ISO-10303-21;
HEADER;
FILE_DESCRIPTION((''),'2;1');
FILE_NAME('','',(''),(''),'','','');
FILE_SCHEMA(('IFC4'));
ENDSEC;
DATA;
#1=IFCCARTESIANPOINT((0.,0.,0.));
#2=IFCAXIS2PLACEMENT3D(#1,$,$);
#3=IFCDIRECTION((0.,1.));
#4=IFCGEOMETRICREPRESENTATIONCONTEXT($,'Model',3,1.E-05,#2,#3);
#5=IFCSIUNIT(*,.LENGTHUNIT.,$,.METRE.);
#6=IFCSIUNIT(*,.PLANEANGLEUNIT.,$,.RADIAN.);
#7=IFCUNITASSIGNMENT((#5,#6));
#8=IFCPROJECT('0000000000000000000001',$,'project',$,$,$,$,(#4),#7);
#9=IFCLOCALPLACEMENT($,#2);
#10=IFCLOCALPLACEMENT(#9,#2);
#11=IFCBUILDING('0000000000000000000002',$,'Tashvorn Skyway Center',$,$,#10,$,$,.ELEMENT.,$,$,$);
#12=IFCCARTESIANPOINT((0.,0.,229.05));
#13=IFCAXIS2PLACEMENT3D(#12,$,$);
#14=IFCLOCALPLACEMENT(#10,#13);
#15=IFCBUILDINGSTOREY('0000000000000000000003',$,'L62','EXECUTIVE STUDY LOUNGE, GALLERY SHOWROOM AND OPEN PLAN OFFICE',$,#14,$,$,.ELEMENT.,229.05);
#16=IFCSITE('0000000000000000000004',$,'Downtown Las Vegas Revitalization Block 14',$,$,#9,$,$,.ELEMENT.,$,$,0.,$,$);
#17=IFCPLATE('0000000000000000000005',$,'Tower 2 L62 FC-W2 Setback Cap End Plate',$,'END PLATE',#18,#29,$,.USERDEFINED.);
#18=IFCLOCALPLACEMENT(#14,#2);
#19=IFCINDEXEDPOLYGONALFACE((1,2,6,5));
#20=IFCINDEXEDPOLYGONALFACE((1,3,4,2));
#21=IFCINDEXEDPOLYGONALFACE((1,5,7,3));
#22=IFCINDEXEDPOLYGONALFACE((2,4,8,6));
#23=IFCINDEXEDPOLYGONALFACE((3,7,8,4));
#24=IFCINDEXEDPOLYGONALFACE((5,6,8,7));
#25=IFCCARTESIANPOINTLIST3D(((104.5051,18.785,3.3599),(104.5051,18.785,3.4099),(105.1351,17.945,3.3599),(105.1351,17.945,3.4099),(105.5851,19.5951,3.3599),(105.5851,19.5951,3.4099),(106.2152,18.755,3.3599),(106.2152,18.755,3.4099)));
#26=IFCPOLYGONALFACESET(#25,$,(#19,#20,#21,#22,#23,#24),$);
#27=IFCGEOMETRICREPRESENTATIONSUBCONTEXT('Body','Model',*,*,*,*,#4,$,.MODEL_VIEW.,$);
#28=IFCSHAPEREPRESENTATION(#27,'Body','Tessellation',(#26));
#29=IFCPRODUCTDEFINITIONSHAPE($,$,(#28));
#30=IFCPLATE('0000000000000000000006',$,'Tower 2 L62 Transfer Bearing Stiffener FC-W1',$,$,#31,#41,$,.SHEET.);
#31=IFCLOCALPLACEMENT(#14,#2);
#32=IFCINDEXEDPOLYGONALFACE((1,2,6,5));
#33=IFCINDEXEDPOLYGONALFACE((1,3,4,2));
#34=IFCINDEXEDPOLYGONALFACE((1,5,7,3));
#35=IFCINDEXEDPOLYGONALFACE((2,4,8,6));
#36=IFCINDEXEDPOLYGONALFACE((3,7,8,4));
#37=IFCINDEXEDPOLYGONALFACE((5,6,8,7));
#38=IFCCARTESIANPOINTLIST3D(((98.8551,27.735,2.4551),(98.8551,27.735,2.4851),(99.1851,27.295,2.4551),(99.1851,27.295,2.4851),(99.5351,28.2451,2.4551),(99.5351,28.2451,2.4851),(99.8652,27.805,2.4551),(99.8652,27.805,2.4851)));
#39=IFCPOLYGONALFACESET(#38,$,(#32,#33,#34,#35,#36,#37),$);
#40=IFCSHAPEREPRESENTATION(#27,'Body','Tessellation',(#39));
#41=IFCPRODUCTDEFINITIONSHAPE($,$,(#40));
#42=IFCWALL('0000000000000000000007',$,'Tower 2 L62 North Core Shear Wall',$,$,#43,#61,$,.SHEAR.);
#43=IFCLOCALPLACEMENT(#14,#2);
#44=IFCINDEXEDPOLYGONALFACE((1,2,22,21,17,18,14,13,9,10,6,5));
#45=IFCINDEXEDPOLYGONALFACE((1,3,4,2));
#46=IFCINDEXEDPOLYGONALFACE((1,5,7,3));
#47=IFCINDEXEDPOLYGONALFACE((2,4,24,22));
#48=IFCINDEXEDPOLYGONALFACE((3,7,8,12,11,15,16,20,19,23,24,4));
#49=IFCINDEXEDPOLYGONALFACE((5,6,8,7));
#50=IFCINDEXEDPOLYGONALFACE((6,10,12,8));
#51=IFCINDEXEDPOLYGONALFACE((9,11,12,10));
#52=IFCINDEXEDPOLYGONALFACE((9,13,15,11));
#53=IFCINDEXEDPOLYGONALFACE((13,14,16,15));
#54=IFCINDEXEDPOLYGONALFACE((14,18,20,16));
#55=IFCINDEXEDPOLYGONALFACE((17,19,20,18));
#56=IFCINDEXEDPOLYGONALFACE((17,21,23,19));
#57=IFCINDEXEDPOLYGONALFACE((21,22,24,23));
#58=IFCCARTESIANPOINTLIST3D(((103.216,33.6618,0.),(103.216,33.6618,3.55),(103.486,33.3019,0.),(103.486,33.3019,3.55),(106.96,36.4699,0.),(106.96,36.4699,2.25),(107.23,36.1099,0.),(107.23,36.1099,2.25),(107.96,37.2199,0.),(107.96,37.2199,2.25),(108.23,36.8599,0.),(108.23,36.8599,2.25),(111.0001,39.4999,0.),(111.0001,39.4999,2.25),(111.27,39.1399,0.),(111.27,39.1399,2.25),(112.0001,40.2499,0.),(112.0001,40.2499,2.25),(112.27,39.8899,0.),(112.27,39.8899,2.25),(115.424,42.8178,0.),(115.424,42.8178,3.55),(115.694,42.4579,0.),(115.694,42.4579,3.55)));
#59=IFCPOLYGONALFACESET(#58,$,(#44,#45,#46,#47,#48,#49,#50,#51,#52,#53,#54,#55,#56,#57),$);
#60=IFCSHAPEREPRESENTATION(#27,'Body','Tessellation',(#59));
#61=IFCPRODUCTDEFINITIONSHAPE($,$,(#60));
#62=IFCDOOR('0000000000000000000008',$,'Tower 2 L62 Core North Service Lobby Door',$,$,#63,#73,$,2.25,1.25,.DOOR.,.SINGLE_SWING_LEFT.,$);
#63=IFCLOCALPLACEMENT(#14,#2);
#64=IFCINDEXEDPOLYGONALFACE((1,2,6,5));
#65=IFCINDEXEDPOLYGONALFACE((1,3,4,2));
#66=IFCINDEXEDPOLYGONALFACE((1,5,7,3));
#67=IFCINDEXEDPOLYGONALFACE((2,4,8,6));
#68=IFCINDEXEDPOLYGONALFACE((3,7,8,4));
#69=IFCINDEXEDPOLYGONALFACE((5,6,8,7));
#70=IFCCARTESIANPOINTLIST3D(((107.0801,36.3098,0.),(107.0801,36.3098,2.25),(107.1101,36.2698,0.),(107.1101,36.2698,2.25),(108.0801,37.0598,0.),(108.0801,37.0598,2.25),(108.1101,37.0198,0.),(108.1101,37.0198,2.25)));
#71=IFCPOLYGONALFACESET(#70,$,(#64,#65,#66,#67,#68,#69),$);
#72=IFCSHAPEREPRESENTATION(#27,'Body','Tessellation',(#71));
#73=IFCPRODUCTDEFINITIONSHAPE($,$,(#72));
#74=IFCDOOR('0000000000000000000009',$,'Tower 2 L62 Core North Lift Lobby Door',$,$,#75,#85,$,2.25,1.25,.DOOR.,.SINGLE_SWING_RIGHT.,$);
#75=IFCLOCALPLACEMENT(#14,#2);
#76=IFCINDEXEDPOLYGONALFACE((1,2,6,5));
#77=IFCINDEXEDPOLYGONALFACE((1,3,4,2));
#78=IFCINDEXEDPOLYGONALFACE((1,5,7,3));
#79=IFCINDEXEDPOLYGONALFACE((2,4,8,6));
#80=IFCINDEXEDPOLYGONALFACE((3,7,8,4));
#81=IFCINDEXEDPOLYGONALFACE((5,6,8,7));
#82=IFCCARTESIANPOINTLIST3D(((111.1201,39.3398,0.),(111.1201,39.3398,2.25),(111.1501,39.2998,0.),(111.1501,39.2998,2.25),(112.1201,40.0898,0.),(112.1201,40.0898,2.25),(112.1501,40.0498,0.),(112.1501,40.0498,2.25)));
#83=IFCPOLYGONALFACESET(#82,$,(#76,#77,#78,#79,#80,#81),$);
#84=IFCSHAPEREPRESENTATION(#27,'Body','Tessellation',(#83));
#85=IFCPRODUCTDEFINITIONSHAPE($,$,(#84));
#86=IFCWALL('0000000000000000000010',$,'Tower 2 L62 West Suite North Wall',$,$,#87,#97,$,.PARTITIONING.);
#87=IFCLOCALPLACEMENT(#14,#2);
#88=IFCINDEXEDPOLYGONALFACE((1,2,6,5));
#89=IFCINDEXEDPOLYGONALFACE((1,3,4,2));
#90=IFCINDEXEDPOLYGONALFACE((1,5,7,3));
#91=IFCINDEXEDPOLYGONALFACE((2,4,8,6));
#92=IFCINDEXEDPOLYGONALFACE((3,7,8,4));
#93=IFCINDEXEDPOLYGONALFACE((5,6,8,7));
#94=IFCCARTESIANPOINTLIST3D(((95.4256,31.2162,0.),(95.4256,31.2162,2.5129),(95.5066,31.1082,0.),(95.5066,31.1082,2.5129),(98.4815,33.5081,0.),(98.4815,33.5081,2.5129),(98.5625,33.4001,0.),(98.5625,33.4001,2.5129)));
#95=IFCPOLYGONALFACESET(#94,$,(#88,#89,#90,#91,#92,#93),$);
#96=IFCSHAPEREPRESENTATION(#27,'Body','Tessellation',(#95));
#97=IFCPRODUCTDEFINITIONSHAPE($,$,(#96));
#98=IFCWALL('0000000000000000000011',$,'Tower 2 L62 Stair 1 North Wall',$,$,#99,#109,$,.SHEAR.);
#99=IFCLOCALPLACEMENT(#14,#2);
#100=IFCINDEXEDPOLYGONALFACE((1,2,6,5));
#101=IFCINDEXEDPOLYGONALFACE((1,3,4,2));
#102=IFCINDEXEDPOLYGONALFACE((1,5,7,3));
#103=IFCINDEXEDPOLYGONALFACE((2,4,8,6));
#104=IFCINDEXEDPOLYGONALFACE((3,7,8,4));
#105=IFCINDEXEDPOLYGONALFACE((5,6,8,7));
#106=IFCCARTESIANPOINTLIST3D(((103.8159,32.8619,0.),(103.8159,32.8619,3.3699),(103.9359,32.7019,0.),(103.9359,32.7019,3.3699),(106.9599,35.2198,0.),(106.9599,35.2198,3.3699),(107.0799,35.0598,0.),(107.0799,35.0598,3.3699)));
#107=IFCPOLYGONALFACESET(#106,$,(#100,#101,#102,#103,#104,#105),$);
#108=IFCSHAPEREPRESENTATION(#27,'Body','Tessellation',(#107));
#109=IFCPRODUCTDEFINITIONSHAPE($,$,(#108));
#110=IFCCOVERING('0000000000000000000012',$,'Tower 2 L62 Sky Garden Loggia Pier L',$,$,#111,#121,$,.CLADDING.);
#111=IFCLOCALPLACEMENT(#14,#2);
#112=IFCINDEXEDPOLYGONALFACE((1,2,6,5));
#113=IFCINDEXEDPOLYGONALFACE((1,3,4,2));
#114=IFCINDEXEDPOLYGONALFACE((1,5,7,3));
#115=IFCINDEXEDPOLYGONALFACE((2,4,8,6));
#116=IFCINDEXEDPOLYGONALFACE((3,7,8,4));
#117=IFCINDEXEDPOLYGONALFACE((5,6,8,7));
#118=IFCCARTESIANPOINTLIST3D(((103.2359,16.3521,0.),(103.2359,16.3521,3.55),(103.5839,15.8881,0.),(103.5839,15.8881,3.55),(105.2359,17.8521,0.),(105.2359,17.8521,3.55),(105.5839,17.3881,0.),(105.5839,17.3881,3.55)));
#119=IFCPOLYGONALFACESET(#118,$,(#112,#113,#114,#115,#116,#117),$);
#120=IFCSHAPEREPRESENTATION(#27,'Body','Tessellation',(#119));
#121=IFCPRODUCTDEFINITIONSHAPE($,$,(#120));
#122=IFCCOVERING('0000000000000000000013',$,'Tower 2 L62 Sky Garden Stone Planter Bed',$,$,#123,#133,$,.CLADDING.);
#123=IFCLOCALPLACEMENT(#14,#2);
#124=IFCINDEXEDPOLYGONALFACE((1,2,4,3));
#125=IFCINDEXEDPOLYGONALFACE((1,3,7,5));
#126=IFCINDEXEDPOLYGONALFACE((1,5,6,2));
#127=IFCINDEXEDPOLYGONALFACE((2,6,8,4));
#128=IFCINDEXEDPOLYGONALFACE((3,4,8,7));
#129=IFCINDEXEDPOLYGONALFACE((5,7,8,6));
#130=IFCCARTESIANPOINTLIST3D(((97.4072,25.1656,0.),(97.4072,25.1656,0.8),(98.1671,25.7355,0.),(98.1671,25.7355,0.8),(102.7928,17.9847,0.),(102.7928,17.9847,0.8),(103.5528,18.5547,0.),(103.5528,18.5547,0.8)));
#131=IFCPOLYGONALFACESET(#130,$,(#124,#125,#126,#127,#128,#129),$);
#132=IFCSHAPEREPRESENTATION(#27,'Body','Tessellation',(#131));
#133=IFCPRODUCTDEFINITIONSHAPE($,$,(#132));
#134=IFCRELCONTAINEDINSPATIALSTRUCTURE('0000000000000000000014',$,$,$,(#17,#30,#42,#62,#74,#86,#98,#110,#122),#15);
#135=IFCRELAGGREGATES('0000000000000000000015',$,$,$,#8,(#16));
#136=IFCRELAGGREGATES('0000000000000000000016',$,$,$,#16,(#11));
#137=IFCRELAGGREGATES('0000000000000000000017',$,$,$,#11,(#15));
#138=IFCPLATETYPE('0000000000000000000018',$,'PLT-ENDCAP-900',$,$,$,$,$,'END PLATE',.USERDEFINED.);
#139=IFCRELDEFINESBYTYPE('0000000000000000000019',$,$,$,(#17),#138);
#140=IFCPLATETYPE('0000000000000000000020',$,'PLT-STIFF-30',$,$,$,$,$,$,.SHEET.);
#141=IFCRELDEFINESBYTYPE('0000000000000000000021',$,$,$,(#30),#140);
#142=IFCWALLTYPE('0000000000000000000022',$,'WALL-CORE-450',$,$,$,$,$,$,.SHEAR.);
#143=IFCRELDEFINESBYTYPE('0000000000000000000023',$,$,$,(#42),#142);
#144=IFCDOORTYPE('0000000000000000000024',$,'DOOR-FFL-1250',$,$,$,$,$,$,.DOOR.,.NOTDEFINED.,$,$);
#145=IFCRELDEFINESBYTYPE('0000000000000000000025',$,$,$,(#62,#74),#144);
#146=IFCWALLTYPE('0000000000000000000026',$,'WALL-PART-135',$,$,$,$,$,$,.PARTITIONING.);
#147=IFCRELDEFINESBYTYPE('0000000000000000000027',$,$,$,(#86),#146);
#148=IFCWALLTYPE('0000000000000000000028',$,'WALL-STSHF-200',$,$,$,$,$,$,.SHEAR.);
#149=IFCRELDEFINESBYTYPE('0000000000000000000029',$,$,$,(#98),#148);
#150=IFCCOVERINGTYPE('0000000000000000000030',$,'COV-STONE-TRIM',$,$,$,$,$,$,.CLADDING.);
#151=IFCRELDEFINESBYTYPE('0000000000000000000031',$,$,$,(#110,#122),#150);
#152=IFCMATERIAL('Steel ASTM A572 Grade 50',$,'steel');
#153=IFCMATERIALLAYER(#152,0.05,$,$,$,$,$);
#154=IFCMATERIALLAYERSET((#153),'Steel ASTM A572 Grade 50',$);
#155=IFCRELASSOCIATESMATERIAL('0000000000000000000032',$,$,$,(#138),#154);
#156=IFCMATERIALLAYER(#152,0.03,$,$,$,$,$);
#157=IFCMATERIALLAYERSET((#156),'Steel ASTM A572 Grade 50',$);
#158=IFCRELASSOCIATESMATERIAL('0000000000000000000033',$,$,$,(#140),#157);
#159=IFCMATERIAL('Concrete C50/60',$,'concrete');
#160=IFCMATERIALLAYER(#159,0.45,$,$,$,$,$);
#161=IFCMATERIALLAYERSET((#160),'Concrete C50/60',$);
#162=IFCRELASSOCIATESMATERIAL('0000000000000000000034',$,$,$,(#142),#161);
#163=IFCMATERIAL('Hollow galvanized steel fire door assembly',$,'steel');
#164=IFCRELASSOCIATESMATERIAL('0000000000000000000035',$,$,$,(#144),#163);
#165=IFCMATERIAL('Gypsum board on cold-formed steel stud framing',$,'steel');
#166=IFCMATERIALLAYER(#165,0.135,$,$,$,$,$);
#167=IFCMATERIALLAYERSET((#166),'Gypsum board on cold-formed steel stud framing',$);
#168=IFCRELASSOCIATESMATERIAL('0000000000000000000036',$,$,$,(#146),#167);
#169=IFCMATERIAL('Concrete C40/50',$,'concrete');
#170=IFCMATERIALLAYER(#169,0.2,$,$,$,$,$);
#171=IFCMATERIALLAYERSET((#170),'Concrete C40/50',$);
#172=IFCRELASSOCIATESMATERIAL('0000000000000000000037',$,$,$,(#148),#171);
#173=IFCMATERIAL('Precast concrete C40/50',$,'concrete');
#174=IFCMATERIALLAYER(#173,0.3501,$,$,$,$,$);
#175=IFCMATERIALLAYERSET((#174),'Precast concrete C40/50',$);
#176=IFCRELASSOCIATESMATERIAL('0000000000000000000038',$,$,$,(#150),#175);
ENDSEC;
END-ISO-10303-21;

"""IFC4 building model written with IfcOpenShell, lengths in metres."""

from ifc_helpers import new_model, si_unit, direction, frame, frame_2d, origin, origin_2d, place, context, subcontext, project, spatial, rectangle, extrude, material, layer, layer_set, type_object, element, fill, save


model = new_model("IFC4")

# Units and contexts
model_context = context("Model", 3, precision=1e-05, world=origin(), true_north=direction((0.0, 1.0)))
body_context = subcontext(model_context, "Body", "Model", "MODEL_VIEW")
ifc_project = project(units=[si_unit("LENGTHUNIT", "METRE"), si_unit("PLANEANGLEUNIT", "RADIAN")], contexts=[model_context])

# Site, building, storey
site_placement = place(None, origin())
site = spatial("IfcSite", under=ifc_project, at=site_placement, Name="Downtown Las Vegas Revitalization Block 14", CompositionType="ELEMENT", RefElevation=0.0)
building_placement = place(site_placement, origin())
building = spatial("IfcBuilding", under=site, at=building_placement, Name="Tashvorn Skyway Center", CompositionType="ELEMENT")
storey_placement = place(building_placement, frame((0.0, 0.0, 229.05)))
storey = spatial("IfcBuildingStorey", under=building, at=storey_placement, Name="L62", Description="EXECUTIVE STUDY LOUNGE, GALLERY SHOWROOM AND OPEN PLAN OFFICE", CompositionType="ELEMENT", Elevation=229.05)

# Shared definitions
ifc_material_1 = material(Name="Steel ASTM A572 Grade 50", Category="steel")

# Plates
ifc_layer_1 = layer(ifc_material_1, 0.05)
ifc_layer_set_1 = layer_set([ifc_layer_1], Name="Steel ASTM A572 Grade 50")
plate_type_1 = type_object("IfcPlateType", Name="PLT-ENDCAP-900", ElementType="END PLATE", PredefinedType="USERDEFINED", material=ifc_layer_set_1)
for number, where, z_axis, x_axis, name in (
    (1, (105.3601, 18.77, 3.3599), (0.0, 0.0, 1.0), (0.8, 0.6, 0.0), "Tower 2 L62 FC-W2 Setback Cap End Plate"),
):
    element("IfcPlate", number, at=place(storey_placement, frame(where, z_axis=z_axis, x_axis=x_axis)), inside=storey, type_object=plate_type_1, Name=name, ObjectType="END PLATE", PredefinedType="USERDEFINED", context=body_context, shape_type="SweptSolid", body=[
        extrude(rectangle(XDim=1.3501, YDim=1.05, at=origin_2d()), origin(), (0.0, 0.0, 1.0), 0.05),
    ])
ifc_layer_2 = layer(ifc_material_1, 0.03)
ifc_layer_set_2 = layer_set([ifc_layer_2], Name="Steel ASTM A572 Grade 50")
plate_type_2 = type_object("IfcPlateType", Name="PLT-STIFF-30", PredefinedType="SHEET", material=ifc_layer_set_2)
plate_1_placement = place(storey_placement, frame((99.3601, 27.77, 2.4551), z_axis=(0.0, 0.0, 1.0), x_axis=(0.8, 0.6, 0.0)))
element("IfcPlate", 2, at=plate_1_placement, inside=storey, type_object=plate_type_2, Name="Tower 2 L62 Transfer Bearing Stiffener FC-W1", PredefinedType="SHEET", context=body_context, shape_type="SweptSolid", body=[
    extrude(rectangle(XDim=0.8501, YDim=0.55, at=origin_2d()), origin(), (0.0, 0.0, 1.0), 0.03),
])

# Wall, openings, doors
ifc_material_2 = material(Name="Concrete C50/60", Category="concrete")
ifc_layer_3 = layer(ifc_material_2, 0.45)
ifc_layer_set_3 = layer_set([ifc_layer_3], Name="Concrete C50/60")
wall_type_1 = type_object("IfcWallType", Name="WALL-CORE-450", PredefinedType="SHEAR", material=ifc_layer_set_3)
wall_1_placement = place(storey_placement, frame((103.3511, 33.4819, 0.0), z_axis=(0.0, 0.0, 1.0), x_axis=(0.8, 0.6, 0.0)))
wall_1 = element("IfcWall", 3, at=wall_1_placement, inside=storey, type_object=wall_type_1, Name="Tower 2 L62 North Core Shear Wall", PredefinedType="SHEAR", context=body_context, shape_type="SweptSolid", body=[
    extrude(rectangle(XDim=15.26, YDim=0.45, at=frame_2d((7.6299, 0.0))), origin(), (0.0, 0.0, 1.0), 3.55),
])
opening_1_placement = place(wall_1_placement, frame((4.6799, 0.0, 0.0)))
opening_1 = element("IfcOpeningElement", 4, at=opening_1_placement, cuts=wall_1, PredefinedType="OPENING", context=body_context, shape_type="SweptSolid", body=[
    extrude(rectangle(XDim=1.25, YDim=2.25, at=frame_2d((0.625, 1.125))), frame((0.0, 0.2349, 0.0), z_axis=(0.0, -1.0, 0.0), x_axis=(1.0, 0.0, 0.0)), (0.0, 0.0, 1.0), 0.47),
])
opening_2_placement = place(wall_1_placement, frame((9.73, 0.0, 0.0)))
opening_2 = element("IfcOpeningElement", 5, at=opening_2_placement, cuts=wall_1, PredefinedType="OPENING", context=body_context, shape_type="SweptSolid", body=[
    extrude(rectangle(XDim=1.25, YDim=2.25, at=frame_2d((0.625, 1.125))), frame((0.0, 0.2349, 0.0), z_axis=(0.0, -1.0, 0.0), x_axis=(1.0, 0.0, 0.0)), (0.0, 0.0, 1.0), 0.47),
])
ifc_material_3 = material(Name="Hollow galvanized steel fire door assembly", Category="steel")
door_type = type_object("IfcDoorType", Name="DOOR-FFL-1250", OperationType="NOTDEFINED", PredefinedType="DOOR", material=ifc_material_3)
door_1_placement = place(opening_1_placement, origin())
door_1 = element("IfcDoor", 6, at=door_1_placement, inside=storey, type_object=door_type, Name="Tower 2 L62 Core North Service Lobby Door", OperationType="SINGLE_SWING_LEFT", OverallHeight=2.25, OverallWidth=1.25, PredefinedType="DOOR", context=body_context, shape_type="SweptSolid", body=[
    extrude(rectangle(XDim=1.25, YDim=2.25, at=frame_2d((0.625, 1.125))), frame((0.0, 0.0249, 0.0), z_axis=(0.0, -1.0, 0.0), x_axis=(1.0, 0.0, 0.0)), (0.0, 0.0, 1.0), 0.05),
])
fill(opening_1, door_1)
door_2_placement = place(opening_2_placement, origin())
door_2 = element("IfcDoor", 7, at=door_2_placement, inside=storey, type_object=door_type, Name="Tower 2 L62 Core North Lift Lobby Door", OperationType="SINGLE_SWING_RIGHT", OverallHeight=2.25, OverallWidth=1.25, PredefinedType="DOOR", context=body_context, shape_type="SweptSolid", body=[
    extrude(rectangle(XDim=1.25, YDim=2.25, at=frame_2d((0.625, 1.125))), frame((0.0, 0.0249, 0.0), z_axis=(0.0, -1.0, 0.0), x_axis=(1.0, 0.0, 0.0)), (0.0, 0.0, 1.0), 0.05),
])
fill(opening_2, door_2)

# Walls
ifc_material_4 = material(Name="Gypsum board on cold-formed steel stud framing", Category="steel")
ifc_layer_4 = layer(ifc_material_4, 0.135)
ifc_layer_set_4 = layer_set([ifc_layer_4], Name="Gypsum board on cold-formed steel stud framing")
wall_type_2 = type_object("IfcWallType", Name="WALL-PART-135", PredefinedType="PARTITIONING", material=ifc_layer_set_4)
wall_2_placement = place(storey_placement, frame((98.522, 33.4541, 0.0), z_axis=(0.0, 0.0, 1.0), x_axis=(-0.799992, -0.60001, 0.0)))
element("IfcWall", 8, at=wall_2_placement, inside=storey, type_object=wall_type_2, Name="Tower 2 L62 West Suite North Wall", PredefinedType="PARTITIONING", context=body_context, shape_type="SweptSolid", body=[
    extrude(rectangle(XDim=3.8198, YDim=0.135, at=frame_2d((1.9099, 0.0))), origin(), (0.0, 0.0, 1.0), 2.5129),
])
ifc_material_5 = material(Name="Concrete C40/50", Category="concrete")
ifc_layer_5 = layer(ifc_material_5, 0.2)
ifc_layer_set_5 = layer_set([ifc_layer_5], Name="Concrete C40/50")
wall_type_3 = type_object("IfcWallType", Name="WALL-STSHF-200", PredefinedType="SHEAR", material=ifc_layer_set_5)
wall_3_placement = place(storey_placement, frame((103.876, 32.782, 0.0), z_axis=(0.0, 0.0, 1.0), x_axis=(0.800015, 0.59998, 0.0)))
element("IfcWall", 9, at=wall_3_placement, inside=storey, type_object=wall_type_3, Name="Tower 2 L62 Stair 1 North Wall", PredefinedType="SHEAR", context=body_context, shape_type="SweptSolid", body=[
    extrude(rectangle(XDim=3.9299, YDim=0.2, at=frame_2d((1.9648, 0.0))), origin(), (0.0, 0.0, 1.0), 3.3699),
])

# Coverings
ifc_material_6 = material(Name="Precast concrete C40/50", Category="concrete")
ifc_layer_6 = layer(ifc_material_6, 0.3501)
ifc_layer_set_6 = layer_set([ifc_layer_6], Name="Precast concrete C40/50")
covering_type = type_object("IfcCoveringType", Name="COV-STONE-TRIM", PredefinedType="CLADDING", material=ifc_layer_set_6)
covering_1_placement = place(storey_placement, frame((104.4099, 16.8701, 0.0), z_axis=(0.0, 0.0, 1.0), x_axis=(-0.6, 0.8, 0.0)))
element("IfcCovering", 10, at=covering_1_placement, inside=storey, type_object=covering_type, Name="Tower 2 L62 Sky Garden Loggia Pier L", PredefinedType="CLADDING", context=body_context, shape_type="SweptSolid", body=[
    extrude(rectangle(XDim=0.5801, YDim=2.5, at=origin_2d()), origin(), (0.0, 0.0, 1.0), 3.55),
])
covering_2_placement = place(storey_placement, frame((100.48, 21.8601, 0.0), z_axis=(0.0, 0.0, 1.0), x_axis=(-0.6, 0.8, 0.0)))
element("IfcCovering", 11, at=covering_2_placement, inside=storey, type_object=covering_type, Name="Tower 2 L62 Sky Garden Stone Planter Bed", PredefinedType="CLADDING", context=body_context, shape_type="SweptSolid", body=[
    extrude(rectangle(XDim=8.9761, YDim=0.95, at=origin_2d()), origin(), (0.0, 0.0, 1.0), 0.8),
])

save(model, "model.ifc")
